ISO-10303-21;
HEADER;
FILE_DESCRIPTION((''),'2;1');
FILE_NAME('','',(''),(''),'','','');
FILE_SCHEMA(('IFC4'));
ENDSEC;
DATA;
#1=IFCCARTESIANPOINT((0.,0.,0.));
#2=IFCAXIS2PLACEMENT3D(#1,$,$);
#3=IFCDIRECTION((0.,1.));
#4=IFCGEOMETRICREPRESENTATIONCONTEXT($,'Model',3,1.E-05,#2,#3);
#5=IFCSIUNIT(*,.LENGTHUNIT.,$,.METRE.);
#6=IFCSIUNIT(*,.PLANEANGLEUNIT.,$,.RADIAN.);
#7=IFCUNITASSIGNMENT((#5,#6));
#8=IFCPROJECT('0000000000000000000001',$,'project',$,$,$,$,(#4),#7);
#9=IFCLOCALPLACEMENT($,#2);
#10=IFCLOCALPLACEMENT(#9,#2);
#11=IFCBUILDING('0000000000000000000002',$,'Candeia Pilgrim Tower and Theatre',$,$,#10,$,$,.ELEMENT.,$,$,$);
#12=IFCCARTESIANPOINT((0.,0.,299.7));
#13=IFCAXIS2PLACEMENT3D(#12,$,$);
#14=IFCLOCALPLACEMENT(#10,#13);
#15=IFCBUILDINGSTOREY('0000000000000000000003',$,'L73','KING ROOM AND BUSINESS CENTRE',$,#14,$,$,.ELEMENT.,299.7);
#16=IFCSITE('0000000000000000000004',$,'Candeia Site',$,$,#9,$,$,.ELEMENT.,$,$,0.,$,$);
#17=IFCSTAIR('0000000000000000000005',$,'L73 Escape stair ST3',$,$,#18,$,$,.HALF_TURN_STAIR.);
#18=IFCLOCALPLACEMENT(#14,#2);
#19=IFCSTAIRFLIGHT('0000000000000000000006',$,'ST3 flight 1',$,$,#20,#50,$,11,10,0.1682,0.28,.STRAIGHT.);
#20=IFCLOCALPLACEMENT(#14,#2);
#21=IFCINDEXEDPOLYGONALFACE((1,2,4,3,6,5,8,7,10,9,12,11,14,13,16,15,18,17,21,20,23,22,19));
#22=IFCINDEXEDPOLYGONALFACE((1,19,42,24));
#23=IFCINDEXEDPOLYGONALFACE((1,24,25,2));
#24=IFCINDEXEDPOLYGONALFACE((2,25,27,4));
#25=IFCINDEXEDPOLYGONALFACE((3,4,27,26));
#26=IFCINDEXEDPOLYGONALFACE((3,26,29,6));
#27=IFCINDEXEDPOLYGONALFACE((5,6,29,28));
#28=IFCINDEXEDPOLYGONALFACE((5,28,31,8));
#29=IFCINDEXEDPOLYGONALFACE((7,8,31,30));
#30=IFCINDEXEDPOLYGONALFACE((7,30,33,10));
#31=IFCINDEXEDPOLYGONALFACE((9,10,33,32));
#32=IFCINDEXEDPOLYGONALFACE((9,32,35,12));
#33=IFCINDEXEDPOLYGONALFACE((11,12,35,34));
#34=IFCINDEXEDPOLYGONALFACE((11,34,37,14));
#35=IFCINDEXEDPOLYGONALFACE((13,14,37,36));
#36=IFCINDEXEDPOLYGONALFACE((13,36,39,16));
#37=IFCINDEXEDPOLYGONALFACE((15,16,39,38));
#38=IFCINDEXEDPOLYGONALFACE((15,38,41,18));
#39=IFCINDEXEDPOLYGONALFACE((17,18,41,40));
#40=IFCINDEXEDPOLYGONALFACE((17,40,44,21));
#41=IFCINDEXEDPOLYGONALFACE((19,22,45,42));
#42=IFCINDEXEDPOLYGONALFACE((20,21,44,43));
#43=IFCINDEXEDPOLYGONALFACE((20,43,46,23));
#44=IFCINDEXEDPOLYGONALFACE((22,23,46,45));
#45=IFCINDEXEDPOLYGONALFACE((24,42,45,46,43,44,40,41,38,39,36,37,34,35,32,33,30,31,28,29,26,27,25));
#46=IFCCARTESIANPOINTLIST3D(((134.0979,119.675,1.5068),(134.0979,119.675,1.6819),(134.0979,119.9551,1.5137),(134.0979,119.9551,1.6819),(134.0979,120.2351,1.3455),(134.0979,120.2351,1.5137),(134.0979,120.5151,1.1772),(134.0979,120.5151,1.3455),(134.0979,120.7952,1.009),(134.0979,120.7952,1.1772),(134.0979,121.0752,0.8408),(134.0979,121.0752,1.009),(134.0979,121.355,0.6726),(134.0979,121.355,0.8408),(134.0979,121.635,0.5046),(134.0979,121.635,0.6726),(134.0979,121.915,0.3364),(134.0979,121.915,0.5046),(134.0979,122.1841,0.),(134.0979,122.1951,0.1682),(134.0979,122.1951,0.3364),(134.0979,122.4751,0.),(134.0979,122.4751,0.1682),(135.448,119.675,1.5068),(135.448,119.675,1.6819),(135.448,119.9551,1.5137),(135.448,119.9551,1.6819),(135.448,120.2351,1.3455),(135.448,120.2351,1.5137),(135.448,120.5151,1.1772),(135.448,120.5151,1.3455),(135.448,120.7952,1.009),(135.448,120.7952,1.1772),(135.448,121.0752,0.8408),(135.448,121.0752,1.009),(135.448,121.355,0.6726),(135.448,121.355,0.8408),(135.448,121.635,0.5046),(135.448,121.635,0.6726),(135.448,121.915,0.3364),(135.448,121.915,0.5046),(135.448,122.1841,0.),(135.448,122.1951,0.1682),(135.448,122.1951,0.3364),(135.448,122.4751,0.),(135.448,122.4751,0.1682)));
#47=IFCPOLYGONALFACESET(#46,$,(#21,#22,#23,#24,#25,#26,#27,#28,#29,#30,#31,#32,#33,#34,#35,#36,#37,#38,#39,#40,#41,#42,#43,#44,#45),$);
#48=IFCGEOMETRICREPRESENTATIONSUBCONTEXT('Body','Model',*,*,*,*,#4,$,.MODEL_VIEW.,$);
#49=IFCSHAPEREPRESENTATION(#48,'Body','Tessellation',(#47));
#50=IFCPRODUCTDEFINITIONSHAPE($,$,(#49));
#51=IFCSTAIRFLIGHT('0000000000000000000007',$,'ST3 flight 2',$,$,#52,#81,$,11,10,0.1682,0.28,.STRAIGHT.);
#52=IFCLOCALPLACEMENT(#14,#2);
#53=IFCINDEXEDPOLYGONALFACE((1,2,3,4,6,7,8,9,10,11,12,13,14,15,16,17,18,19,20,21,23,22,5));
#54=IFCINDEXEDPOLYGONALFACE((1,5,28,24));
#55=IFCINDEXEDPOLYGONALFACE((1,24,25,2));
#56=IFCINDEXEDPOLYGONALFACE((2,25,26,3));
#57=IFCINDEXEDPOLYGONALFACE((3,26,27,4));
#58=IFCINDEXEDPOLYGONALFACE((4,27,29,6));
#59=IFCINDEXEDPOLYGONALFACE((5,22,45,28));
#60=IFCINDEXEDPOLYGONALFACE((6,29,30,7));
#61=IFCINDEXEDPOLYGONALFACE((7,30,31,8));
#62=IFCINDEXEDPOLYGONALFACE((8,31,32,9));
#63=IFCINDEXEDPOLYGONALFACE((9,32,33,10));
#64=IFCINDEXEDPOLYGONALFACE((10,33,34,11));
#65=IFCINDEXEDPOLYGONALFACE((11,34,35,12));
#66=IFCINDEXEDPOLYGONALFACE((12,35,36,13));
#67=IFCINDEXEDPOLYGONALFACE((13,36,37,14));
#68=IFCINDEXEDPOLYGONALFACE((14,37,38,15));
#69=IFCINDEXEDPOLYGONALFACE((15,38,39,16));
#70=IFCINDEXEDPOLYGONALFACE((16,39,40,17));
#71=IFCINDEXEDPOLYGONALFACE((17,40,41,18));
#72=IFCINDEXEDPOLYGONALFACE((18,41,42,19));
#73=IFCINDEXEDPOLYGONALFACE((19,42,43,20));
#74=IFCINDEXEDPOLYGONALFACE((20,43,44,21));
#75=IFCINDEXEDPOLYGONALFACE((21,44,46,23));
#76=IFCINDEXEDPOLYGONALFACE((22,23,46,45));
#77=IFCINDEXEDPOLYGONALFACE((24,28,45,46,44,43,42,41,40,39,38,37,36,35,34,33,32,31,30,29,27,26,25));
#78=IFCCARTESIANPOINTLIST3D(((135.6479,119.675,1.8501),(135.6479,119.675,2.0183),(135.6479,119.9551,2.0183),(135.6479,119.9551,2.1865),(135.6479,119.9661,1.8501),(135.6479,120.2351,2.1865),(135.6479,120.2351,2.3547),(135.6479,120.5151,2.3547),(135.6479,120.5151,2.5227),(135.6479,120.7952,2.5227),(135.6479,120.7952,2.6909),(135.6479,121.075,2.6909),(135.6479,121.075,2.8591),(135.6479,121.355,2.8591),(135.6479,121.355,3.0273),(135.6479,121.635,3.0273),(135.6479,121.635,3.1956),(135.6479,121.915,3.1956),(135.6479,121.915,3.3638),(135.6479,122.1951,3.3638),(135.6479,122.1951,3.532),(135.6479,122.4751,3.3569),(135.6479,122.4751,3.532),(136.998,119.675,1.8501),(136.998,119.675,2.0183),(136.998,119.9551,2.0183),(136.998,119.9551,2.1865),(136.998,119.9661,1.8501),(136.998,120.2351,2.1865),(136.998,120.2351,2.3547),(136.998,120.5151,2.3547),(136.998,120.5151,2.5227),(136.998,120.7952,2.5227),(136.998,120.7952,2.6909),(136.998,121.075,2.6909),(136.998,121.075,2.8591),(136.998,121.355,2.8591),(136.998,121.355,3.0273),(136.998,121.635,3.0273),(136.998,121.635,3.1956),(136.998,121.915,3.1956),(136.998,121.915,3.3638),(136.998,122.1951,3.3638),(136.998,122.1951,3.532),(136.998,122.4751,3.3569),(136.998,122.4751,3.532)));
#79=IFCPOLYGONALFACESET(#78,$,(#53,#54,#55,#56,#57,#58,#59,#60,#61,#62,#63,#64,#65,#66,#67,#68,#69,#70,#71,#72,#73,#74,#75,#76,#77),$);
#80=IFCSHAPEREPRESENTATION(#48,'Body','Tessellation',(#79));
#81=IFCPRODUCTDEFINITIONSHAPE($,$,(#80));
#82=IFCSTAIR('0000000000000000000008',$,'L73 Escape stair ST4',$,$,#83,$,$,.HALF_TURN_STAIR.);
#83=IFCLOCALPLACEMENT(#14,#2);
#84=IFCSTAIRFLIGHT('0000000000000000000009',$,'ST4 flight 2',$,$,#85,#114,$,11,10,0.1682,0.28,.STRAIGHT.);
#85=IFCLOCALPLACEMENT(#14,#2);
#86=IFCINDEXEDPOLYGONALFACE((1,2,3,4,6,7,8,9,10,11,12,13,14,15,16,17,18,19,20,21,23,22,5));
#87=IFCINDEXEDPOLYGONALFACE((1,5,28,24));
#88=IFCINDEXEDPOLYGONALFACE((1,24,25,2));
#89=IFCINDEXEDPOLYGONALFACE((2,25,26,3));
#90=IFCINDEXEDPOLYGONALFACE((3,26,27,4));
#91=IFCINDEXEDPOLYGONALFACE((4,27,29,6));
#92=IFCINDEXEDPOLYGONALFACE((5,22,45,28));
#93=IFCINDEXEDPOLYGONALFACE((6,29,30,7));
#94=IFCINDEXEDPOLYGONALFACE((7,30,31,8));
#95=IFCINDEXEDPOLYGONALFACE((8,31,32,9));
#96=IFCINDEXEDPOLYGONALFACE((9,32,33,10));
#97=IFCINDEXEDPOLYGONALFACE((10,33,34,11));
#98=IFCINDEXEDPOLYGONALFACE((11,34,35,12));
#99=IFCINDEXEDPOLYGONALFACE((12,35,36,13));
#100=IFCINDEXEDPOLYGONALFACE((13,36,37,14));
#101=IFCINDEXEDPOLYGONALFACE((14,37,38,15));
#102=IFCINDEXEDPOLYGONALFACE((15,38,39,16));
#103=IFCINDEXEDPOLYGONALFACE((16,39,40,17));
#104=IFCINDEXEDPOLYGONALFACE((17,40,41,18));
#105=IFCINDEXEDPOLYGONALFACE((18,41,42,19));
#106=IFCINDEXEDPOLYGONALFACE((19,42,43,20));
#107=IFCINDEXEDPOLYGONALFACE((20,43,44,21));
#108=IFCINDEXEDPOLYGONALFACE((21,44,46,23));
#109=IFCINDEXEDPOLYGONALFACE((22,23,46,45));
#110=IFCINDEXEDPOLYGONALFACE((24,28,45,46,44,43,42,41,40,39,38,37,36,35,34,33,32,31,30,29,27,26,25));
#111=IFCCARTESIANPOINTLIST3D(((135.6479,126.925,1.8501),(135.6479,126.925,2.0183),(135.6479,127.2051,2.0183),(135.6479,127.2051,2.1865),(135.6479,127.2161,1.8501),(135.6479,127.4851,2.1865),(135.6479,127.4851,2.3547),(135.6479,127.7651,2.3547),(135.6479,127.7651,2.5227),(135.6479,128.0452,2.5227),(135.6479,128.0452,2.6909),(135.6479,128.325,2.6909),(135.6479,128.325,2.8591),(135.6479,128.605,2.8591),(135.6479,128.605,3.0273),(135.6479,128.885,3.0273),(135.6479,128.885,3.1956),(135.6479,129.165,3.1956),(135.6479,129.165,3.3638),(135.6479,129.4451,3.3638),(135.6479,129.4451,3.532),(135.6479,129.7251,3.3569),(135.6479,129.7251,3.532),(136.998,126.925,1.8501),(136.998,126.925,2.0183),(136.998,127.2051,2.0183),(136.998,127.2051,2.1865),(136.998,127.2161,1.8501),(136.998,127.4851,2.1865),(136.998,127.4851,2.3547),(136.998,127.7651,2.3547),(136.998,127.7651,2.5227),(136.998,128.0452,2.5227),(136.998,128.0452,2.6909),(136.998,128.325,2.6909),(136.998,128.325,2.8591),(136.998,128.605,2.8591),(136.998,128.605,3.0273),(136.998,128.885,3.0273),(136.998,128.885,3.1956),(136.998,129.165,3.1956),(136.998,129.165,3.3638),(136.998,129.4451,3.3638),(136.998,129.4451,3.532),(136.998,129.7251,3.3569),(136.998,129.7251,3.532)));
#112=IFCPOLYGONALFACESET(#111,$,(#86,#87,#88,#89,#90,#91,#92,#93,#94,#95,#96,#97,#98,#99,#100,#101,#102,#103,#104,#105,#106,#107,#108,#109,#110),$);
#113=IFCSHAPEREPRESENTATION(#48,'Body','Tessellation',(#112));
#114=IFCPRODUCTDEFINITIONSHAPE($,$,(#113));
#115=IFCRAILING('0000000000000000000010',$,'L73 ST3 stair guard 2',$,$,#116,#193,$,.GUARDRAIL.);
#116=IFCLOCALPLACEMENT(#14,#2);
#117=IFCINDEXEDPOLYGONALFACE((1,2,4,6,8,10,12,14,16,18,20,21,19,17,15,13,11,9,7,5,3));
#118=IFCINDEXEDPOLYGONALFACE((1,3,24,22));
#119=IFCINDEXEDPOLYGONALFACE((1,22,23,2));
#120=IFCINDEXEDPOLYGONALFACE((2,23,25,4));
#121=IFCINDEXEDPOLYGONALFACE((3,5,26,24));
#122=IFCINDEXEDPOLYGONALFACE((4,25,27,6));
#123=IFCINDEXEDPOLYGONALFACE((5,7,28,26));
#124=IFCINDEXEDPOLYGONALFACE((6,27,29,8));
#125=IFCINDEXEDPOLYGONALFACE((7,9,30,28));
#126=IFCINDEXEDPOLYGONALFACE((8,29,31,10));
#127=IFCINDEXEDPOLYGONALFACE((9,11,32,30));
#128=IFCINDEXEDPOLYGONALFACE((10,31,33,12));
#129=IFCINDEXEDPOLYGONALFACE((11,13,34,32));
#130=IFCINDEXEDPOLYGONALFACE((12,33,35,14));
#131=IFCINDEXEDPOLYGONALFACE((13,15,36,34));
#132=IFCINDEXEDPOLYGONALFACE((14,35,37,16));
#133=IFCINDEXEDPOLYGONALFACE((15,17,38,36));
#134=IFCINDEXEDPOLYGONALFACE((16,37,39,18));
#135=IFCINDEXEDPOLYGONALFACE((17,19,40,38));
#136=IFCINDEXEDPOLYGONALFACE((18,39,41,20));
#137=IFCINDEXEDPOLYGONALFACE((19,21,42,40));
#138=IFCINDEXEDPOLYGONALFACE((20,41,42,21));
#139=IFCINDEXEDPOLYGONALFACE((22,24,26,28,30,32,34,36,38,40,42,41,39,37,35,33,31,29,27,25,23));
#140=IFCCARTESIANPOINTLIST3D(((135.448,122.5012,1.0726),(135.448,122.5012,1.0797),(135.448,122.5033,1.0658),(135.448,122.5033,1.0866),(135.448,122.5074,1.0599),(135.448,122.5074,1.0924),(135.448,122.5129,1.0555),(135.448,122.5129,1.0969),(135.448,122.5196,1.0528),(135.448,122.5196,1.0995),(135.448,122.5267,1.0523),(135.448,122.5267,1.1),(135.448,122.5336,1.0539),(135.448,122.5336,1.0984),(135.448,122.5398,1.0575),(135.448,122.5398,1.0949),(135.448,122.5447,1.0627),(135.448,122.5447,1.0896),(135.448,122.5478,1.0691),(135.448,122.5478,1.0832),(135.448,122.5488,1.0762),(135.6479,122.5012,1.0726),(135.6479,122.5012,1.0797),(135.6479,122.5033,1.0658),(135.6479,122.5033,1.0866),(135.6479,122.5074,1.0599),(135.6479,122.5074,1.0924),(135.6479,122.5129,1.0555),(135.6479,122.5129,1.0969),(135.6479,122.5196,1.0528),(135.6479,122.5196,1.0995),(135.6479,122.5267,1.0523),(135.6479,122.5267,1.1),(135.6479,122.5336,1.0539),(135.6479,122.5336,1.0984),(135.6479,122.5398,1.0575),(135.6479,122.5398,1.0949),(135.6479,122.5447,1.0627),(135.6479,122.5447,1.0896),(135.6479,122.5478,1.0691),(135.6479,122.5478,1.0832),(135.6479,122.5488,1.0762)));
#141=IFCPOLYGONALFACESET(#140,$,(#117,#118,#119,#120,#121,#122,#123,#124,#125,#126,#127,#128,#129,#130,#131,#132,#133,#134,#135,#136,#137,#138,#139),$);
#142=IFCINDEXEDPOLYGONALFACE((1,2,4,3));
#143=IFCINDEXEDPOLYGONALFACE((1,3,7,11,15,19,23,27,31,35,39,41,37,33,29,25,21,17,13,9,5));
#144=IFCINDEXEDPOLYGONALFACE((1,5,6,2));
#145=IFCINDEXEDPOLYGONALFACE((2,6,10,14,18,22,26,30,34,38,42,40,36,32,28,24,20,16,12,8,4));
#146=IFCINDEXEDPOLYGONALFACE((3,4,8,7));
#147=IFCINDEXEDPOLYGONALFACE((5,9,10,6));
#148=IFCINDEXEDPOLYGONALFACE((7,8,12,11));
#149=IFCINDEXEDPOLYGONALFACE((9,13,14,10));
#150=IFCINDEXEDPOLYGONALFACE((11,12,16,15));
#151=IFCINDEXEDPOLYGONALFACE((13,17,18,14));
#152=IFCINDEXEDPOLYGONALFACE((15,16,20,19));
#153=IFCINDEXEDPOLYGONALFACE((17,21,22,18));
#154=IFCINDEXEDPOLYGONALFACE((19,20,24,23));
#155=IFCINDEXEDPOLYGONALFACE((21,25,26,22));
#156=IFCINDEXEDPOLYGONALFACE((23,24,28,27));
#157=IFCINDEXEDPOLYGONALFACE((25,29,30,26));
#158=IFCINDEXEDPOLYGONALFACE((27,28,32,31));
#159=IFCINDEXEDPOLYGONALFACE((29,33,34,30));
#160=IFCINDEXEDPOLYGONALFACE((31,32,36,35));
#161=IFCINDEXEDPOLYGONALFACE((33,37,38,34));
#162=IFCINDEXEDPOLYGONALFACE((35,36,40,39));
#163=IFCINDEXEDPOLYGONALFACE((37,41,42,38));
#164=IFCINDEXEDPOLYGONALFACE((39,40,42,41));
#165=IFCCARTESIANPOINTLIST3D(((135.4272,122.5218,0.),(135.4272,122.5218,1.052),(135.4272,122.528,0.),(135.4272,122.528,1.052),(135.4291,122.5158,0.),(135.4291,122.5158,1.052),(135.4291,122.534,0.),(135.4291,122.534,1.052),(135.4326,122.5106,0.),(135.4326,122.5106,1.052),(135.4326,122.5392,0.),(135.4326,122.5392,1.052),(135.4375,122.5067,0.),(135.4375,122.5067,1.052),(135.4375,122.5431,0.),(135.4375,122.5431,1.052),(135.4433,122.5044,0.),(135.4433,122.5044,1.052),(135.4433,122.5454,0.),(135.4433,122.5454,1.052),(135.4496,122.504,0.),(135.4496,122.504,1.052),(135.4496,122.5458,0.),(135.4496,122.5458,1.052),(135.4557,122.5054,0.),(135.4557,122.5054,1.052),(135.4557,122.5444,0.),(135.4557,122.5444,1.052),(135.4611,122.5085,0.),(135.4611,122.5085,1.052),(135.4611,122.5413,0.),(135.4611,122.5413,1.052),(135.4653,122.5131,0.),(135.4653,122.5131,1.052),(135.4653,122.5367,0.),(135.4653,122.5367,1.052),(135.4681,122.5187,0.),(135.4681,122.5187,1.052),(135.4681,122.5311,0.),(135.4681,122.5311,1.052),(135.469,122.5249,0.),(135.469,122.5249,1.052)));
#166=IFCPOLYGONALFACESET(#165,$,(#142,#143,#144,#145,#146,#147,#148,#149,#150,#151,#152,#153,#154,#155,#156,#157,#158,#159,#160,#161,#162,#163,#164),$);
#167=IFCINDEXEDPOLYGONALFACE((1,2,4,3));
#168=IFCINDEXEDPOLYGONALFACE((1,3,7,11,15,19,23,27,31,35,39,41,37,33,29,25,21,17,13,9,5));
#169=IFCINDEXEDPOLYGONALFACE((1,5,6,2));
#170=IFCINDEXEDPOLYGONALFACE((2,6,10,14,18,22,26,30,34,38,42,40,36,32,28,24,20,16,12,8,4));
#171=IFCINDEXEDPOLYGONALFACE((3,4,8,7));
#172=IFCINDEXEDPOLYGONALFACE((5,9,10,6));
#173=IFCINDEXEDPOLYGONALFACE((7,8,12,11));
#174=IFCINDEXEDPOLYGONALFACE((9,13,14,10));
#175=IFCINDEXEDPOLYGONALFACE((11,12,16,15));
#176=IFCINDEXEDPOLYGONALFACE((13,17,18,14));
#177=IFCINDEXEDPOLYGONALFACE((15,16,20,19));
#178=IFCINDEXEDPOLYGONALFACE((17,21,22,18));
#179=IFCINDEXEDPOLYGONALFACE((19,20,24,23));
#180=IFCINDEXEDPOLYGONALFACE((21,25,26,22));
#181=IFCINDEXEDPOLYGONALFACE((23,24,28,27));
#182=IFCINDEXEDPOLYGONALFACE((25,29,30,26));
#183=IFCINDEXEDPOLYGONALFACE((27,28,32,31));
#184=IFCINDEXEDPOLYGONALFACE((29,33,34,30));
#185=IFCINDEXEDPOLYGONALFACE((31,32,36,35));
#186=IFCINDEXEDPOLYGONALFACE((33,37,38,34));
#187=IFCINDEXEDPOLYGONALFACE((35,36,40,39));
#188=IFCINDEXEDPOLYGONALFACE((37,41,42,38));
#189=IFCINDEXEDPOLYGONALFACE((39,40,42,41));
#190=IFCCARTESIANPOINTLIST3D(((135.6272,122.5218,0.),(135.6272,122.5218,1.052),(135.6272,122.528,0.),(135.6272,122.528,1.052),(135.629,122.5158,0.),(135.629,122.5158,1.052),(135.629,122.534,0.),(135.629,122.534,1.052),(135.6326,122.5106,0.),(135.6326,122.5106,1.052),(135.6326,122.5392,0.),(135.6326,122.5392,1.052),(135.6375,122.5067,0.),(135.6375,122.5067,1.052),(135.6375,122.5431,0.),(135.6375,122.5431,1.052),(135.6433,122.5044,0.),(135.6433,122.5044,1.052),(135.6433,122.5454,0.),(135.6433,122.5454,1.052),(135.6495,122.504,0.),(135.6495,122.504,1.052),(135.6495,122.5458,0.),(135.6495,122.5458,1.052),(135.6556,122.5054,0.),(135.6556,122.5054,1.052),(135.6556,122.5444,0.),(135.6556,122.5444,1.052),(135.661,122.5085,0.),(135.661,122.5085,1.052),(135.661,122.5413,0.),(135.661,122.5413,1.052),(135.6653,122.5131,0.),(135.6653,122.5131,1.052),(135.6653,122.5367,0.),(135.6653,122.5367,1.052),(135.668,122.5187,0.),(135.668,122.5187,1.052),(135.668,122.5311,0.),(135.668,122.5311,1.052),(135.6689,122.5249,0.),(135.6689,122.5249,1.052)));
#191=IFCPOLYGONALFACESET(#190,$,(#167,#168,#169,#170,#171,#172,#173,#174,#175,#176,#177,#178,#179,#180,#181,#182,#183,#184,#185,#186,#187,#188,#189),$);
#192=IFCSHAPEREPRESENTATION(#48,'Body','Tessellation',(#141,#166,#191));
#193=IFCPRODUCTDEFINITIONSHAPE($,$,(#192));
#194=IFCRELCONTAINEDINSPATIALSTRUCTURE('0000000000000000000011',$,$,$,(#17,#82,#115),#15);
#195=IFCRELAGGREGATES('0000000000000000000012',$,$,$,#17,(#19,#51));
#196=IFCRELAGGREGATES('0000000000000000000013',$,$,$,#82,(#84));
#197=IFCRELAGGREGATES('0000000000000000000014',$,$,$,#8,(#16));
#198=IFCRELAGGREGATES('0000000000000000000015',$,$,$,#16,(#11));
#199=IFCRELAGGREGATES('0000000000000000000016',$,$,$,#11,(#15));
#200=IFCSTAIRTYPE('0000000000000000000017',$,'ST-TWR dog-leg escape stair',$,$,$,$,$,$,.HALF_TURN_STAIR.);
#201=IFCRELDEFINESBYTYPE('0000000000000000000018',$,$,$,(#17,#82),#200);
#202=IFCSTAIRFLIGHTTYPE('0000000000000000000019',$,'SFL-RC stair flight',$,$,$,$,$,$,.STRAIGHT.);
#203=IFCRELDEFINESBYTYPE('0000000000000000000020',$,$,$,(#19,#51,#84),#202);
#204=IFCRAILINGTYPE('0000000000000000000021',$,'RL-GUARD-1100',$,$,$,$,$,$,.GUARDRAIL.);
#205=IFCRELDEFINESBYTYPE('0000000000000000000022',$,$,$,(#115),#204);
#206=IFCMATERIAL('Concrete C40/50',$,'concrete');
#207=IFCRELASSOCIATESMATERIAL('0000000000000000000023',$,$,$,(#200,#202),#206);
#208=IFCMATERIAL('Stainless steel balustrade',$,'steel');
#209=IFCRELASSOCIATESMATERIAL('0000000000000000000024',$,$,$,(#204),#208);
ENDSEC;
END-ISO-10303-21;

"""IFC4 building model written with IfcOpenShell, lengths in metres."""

from ifc_helpers import new_model, si_unit, direction, frame, origin, origin_2d, place, context, subcontext, project, spatial, polyline, circle, outline, extrude, material, type_object, element, aggregate, save


model = new_model("IFC4")

# Units and contexts
model_context = context("Model", 3, precision=1e-05, world=origin(), true_north=direction((0.0, 1.0)))
body_context = subcontext(model_context, "Body", "Model", "MODEL_VIEW")
ifc_project = project(units=[si_unit("LENGTHUNIT", "METRE"), si_unit("PLANEANGLEUNIT", "RADIAN")], contexts=[model_context])

# Site, building, storey
site_placement = place(None, origin())
site = spatial("IfcSite", under=ifc_project, at=site_placement, Name="Candeia Site", CompositionType="ELEMENT", RefElevation=0.0)
building_placement = place(site_placement, origin())
building = spatial("IfcBuilding", under=site, at=building_placement, Name="Candeia Pilgrim Tower and Theatre", CompositionType="ELEMENT")
storey_placement = place(building_placement, frame((0.0, 0.0, 299.7)))
storey = spatial("IfcBuildingStorey", under=building, at=storey_placement, Name="L73", Description="KING ROOM AND BUSINESS CENTRE", CompositionType="ELEMENT", Elevation=299.7)

# Shared definitions
ifc_material_1 = material(Name="Concrete C40/50", Category="concrete")

# Stair, stair flights
stair_type = type_object("IfcStairType", Name="ST-TWR dog-leg escape stair", PredefinedType="HALF_TURN_STAIR", material=ifc_material_1)
stair_1_placement = place(storey_placement, origin())
stair_1 = element("IfcStair", 1, at=stair_1_placement, inside=storey, type_object=stair_type, Name="L73 Escape stair ST3", PredefinedType="HALF_TURN_STAIR")
stair_flight_type = type_object("IfcStairFlightType", Name="SFL-RC stair flight", PredefinedType="STRAIGHT", material=ifc_material_1)
stair_flight_1_placement = place(storey_placement, frame((134.7729, 122.4751, 0.0), z_axis=(0.0, 0.0, 1.0), x_axis=(0.0, -1.0, 0.0)))
stair_flight_1 = element("IfcStairFlight", 2, at=stair_flight_1_placement, type_object=stair_flight_type, Name="ST3 flight 1", NumberOfRisers=11, NumberOfTreads=10, PredefinedType="STRAIGHT", RiserHeight=0.1682, TreadLength=0.28, context=body_context, shape_type="SweptSolid", body=[
    extrude(outline(polyline([(0.0, 0.0), (0.0, 0.1682), (0.28, 0.1682), (0.28, 0.3364), (0.5601, 0.3364), (0.5601, 0.5046), (0.8401, 0.5046), (0.8401, 0.6726), (1.1201, 0.6726), (1.1201, 0.8408), (1.3999, 0.8408), (1.3999, 1.009), (1.6799, 1.009), (1.6799, 1.1772), (1.96, 1.1772), (1.96, 1.3455), (2.24, 1.3455), (2.24, 1.5137), (2.52, 1.5137), (2.52, 1.6819), (2.8, 1.6819), (2.8, 1.8501), (2.8, 1.5068), (0.291, 0.0), (0.0, 0.0)])), frame((0.0, 0.675, 0.0), z_axis=(0.0, -1.0, 0.0), x_axis=(1.0, 0.0, 0.0)), (0.0, 0.0, 1.0), 1.3501),
])
stair_flight_2_placement = place(storey_placement, frame((136.323, 119.675, 1.8501), z_axis=(0.0, 0.0, 1.0), x_axis=(0.0, 1.0, 0.0)))
stair_flight_2 = element("IfcStairFlight", 3, at=stair_flight_2_placement, type_object=stair_flight_type, Name="ST3 flight 2", NumberOfRisers=11, NumberOfTreads=10, PredefinedType="STRAIGHT", RiserHeight=0.1682, TreadLength=0.28, context=body_context, shape_type="SweptSolid", body=[
    extrude(outline(polyline([(0.0, 0.0), (0.0, 0.1682), (0.28, 0.1682), (0.28, 0.3364), (0.5601, 0.3364), (0.5601, 0.5046), (0.8401, 0.5046), (0.8401, 0.6726), (1.1201, 0.6726), (1.1201, 0.8408), (1.3999, 0.8408), (1.3999, 1.009), (1.6799, 1.009), (1.6799, 1.1772), (1.96, 1.1772), (1.96, 1.3455), (2.24, 1.3455), (2.24, 1.5137), (2.52, 1.5137), (2.52, 1.6819), (2.8, 1.6819), (2.8, 1.8501), (2.8, 1.5068), (0.291, 0.0), (0.0, 0.0)])), frame((0.0, 0.675, 0.0), z_axis=(0.0, -1.0, 0.0), x_axis=(1.0, 0.0, 0.0)), (0.0, 0.0, 1.0), 1.3501),
])
aggregate(stair_1, [stair_flight_1, stair_flight_2])

# Stair, stair flight
stair_2_placement = place(storey_placement, origin())
stair_2 = element("IfcStair", 4, at=stair_2_placement, inside=storey, type_object=stair_type, Name="L73 Escape stair ST4", PredefinedType="HALF_TURN_STAIR")
stair_flight_3_placement = place(storey_placement, frame((136.323, 126.925, 1.8501), z_axis=(0.0, 0.0, 1.0), x_axis=(0.0, 1.0, 0.0)))
stair_flight_3 = element("IfcStairFlight", 5, at=stair_flight_3_placement, type_object=stair_flight_type, Name="ST4 flight 2", NumberOfRisers=11, NumberOfTreads=10, PredefinedType="STRAIGHT", RiserHeight=0.1682, TreadLength=0.28, context=body_context, shape_type="SweptSolid", body=[
    extrude(outline(polyline([(0.0, 0.0), (0.0, 0.1682), (0.28, 0.1682), (0.28, 0.3364), (0.5601, 0.3364), (0.5601, 0.5046), (0.8401, 0.5046), (0.8401, 0.6726), (1.1201, 0.6726), (1.1201, 0.8408), (1.3999, 0.8408), (1.3999, 1.009), (1.6799, 1.009), (1.6799, 1.1772), (1.96, 1.1772), (1.96, 1.3455), (2.24, 1.3455), (2.24, 1.5137), (2.52, 1.5137), (2.52, 1.6819), (2.8, 1.6819), (2.8, 1.8501), (2.8, 1.5068), (0.291, 0.0), (0.0, 0.0)])), frame((0.0, 0.675, 0.0), z_axis=(0.0, -1.0, 0.0), x_axis=(1.0, 0.0, 0.0)), (0.0, 0.0, 1.0), 1.3501),
])
aggregate(stair_2, [stair_flight_3])

# Railing
ifc_material_2 = material(Name="Stainless steel balustrade", Category="steel")
railing_type_1 = type_object("IfcRailingType", Name="RL-GUARD-1100", PredefinedType="GUARDRAIL", material=ifc_material_2)
railing_1_placement = place(storey_placement, frame((135.448, 122.5249, 0.0)))
element("IfcRailing", 6, at=railing_1_placement, inside=storey, type_object=railing_type_1, Name="L73 ST3 stair guard 2", PredefinedType="GUARDRAIL", context=body_context, shape_type="SweptSolid", body=[
    extrude(circle(Radius=0.0239, at=origin_2d()), frame((0.0, 0.0, 1.0762), z_axis=(1.0, 0.0, 0.0), x_axis=(0.0, 1.0, 0.0)), (0.0, 0.0, 1.0), 0.2),
    extrude(circle(Radius=0.021, at=origin_2d()), origin(), (0.0, 0.0, 1.0), 1.052),
    extrude(circle(Radius=0.021, at=origin_2d()), frame((0.2, 0.0, 0.0)), (0.0, 0.0, 1.0), 1.052),
])

save(model, "model.ifc")
